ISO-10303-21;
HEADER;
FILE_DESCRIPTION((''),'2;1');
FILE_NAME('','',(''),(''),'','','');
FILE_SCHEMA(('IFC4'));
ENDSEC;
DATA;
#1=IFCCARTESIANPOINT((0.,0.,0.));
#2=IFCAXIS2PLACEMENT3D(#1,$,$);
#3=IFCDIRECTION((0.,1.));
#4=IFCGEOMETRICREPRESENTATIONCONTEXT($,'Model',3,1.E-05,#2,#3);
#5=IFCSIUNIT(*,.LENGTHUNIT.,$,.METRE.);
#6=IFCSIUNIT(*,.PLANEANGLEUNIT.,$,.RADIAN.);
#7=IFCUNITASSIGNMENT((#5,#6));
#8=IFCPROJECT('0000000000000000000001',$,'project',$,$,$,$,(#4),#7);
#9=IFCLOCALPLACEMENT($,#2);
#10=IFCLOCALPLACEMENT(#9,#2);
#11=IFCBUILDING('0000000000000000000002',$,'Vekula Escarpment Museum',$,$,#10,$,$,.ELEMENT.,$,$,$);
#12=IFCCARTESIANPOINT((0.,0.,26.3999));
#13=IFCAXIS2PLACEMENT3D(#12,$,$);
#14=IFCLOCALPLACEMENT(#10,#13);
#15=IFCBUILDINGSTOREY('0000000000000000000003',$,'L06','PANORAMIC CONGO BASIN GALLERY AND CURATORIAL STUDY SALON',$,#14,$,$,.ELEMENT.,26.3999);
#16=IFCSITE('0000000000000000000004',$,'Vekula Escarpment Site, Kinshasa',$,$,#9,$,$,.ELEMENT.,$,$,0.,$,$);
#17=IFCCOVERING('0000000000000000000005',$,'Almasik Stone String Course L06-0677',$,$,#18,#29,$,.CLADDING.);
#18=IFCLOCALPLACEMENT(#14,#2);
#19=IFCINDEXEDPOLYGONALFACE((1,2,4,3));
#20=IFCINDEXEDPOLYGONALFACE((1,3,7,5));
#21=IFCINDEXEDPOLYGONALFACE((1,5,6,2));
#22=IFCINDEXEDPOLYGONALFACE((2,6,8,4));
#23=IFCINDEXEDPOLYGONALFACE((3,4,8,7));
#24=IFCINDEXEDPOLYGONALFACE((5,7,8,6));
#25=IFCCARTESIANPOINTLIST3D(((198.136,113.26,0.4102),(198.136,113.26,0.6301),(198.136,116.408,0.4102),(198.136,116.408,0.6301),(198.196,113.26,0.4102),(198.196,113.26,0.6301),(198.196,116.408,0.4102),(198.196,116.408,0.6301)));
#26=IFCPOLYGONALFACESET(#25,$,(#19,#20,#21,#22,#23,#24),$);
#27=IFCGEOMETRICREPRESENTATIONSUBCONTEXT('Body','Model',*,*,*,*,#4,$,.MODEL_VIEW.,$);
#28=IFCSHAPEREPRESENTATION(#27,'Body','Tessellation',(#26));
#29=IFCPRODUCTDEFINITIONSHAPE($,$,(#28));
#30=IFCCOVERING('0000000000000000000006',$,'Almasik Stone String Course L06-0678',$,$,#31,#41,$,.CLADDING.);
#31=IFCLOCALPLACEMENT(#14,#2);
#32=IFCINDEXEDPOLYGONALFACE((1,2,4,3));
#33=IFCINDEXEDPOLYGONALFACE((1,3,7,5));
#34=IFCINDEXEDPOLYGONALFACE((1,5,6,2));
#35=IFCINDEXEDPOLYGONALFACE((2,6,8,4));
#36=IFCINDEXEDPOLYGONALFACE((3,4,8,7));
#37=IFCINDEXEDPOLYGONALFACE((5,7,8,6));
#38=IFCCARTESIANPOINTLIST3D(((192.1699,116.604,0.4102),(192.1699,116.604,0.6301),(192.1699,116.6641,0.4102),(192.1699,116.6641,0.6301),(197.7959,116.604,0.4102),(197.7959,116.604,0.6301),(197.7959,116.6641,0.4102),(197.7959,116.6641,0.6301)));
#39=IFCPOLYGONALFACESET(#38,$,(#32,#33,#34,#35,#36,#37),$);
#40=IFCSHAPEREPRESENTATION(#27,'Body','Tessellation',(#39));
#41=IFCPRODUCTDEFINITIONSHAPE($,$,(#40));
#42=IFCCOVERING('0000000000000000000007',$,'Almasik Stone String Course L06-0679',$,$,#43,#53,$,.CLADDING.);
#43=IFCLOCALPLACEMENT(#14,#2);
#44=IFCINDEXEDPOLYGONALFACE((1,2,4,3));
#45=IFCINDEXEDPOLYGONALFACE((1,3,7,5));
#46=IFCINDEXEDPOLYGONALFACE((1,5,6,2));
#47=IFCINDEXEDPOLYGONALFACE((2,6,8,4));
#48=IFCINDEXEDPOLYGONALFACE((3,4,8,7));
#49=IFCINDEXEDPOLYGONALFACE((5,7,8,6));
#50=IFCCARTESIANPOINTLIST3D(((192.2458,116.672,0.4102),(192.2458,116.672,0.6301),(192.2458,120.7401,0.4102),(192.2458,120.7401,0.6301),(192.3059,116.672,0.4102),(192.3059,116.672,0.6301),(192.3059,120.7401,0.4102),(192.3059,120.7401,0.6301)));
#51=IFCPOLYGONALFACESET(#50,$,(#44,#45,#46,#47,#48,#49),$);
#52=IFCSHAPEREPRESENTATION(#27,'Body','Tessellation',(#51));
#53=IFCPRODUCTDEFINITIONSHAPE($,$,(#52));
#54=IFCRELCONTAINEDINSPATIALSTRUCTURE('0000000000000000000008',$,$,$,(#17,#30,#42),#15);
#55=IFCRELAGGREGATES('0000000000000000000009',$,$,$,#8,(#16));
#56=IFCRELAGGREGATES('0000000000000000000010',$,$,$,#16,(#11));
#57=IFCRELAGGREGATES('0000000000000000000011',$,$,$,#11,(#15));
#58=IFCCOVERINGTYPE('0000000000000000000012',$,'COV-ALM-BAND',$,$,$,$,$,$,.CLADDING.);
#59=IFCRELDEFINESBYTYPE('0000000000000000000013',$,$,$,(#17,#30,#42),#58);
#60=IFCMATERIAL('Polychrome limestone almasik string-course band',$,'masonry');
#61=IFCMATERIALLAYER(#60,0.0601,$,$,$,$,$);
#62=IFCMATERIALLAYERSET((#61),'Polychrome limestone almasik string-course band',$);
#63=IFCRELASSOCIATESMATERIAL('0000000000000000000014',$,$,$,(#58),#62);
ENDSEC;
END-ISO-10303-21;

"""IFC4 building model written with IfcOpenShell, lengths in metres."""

from ifc_helpers import new_model, si_unit, direction, frame, origin, origin_2d, place, context, subcontext, project, spatial, rectangle, extrude, material, layer, layer_set, type_object, element, save


model = new_model("IFC4")

# Units and contexts
model_context = context("Model", 3, precision=1e-05, world=origin(), true_north=direction((0.0, 1.0)))
body_context = subcontext(model_context, "Body", "Model", "MODEL_VIEW")
ifc_project = project(units=[si_unit("LENGTHUNIT", "METRE"), si_unit("PLANEANGLEUNIT", "RADIAN")], contexts=[model_context])

# Site, building, storey
site_placement = place(None, origin())
site = spatial("IfcSite", under=ifc_project, at=site_placement, Name="Vekula Escarpment Site, Kinshasa", CompositionType="ELEMENT", RefElevation=0.0)
building_placement = place(site_placement, origin())
building = spatial("IfcBuilding", under=site, at=building_placement, Name="Vekula Escarpment Museum", CompositionType="ELEMENT")
storey_placement = place(building_placement, frame((0.0, 0.0, 26.3999)))
storey = spatial("IfcBuildingStorey", under=building, at=storey_placement, Name="L06", Description="PANORAMIC CONGO BASIN GALLERY AND CURATORIAL STUDY SALON", CompositionType="ELEMENT", Elevation=26.3999)

# Coverings
ifc_material_1 = material(Name="Polychrome limestone almasik string-course band", Category="masonry")
ifc_layer_1 = layer(ifc_material_1, 0.0601)
ifc_layer_set_1 = layer_set([ifc_layer_1], Name="Polychrome limestone almasik string-course band")
covering_type = type_object("IfcCoveringType", Name="COV-ALM-BAND", PredefinedType="CLADDING", material=ifc_layer_set_1)
covering_1_placement = place(storey_placement, frame((198.166, 114.834, 0.4102), z_axis=(0.0, 0.0, 1.0), x_axis=(0.0, 1.0, 0.0)))
element("IfcCovering", 1, at=covering_1_placement, inside=storey, type_object=covering_type, Name="Almasik Stone String Course L06-0677", PredefinedType="CLADDING", context=body_context, shape_type="SweptSolid", body=[
    extrude(rectangle(XDim=3.1479, YDim=0.0601, at=origin_2d()), origin(), (0.0, 0.0, 1.0), 0.22),
])
covering_2_placement = place(storey_placement, frame((194.9829, 116.634, 0.4102), z_axis=(0.0, 0.0, 1.0), x_axis=(1.0, 0.0, 0.0)))
element("IfcCovering", 2, at=covering_2_placement, inside=storey, type_object=covering_type, Name="Almasik Stone String Course L06-0678", PredefinedType="CLADDING", context=body_context, shape_type="SweptSolid", body=[
    extrude(rectangle(XDim=5.626, YDim=0.0601, at=origin_2d()), origin(), (0.0, 0.0, 1.0), 0.22),
])
covering_3_placement = place(storey_placement, frame((192.2759, 118.7061, 0.4102), z_axis=(0.0, 0.0, 1.0), x_axis=(0.0, 1.0, 0.0)))
element("IfcCovering", 3, at=covering_3_placement, inside=storey, type_object=covering_type, Name="Almasik Stone String Course L06-0679", PredefinedType="CLADDING", context=body_context, shape_type="SweptSolid", body=[
    extrude(rectangle(XDim=4.0681, YDim=0.0601, at=origin_2d()), origin(), (0.0, 0.0, 1.0), 0.22),
])

save(model, "model.ifc")
